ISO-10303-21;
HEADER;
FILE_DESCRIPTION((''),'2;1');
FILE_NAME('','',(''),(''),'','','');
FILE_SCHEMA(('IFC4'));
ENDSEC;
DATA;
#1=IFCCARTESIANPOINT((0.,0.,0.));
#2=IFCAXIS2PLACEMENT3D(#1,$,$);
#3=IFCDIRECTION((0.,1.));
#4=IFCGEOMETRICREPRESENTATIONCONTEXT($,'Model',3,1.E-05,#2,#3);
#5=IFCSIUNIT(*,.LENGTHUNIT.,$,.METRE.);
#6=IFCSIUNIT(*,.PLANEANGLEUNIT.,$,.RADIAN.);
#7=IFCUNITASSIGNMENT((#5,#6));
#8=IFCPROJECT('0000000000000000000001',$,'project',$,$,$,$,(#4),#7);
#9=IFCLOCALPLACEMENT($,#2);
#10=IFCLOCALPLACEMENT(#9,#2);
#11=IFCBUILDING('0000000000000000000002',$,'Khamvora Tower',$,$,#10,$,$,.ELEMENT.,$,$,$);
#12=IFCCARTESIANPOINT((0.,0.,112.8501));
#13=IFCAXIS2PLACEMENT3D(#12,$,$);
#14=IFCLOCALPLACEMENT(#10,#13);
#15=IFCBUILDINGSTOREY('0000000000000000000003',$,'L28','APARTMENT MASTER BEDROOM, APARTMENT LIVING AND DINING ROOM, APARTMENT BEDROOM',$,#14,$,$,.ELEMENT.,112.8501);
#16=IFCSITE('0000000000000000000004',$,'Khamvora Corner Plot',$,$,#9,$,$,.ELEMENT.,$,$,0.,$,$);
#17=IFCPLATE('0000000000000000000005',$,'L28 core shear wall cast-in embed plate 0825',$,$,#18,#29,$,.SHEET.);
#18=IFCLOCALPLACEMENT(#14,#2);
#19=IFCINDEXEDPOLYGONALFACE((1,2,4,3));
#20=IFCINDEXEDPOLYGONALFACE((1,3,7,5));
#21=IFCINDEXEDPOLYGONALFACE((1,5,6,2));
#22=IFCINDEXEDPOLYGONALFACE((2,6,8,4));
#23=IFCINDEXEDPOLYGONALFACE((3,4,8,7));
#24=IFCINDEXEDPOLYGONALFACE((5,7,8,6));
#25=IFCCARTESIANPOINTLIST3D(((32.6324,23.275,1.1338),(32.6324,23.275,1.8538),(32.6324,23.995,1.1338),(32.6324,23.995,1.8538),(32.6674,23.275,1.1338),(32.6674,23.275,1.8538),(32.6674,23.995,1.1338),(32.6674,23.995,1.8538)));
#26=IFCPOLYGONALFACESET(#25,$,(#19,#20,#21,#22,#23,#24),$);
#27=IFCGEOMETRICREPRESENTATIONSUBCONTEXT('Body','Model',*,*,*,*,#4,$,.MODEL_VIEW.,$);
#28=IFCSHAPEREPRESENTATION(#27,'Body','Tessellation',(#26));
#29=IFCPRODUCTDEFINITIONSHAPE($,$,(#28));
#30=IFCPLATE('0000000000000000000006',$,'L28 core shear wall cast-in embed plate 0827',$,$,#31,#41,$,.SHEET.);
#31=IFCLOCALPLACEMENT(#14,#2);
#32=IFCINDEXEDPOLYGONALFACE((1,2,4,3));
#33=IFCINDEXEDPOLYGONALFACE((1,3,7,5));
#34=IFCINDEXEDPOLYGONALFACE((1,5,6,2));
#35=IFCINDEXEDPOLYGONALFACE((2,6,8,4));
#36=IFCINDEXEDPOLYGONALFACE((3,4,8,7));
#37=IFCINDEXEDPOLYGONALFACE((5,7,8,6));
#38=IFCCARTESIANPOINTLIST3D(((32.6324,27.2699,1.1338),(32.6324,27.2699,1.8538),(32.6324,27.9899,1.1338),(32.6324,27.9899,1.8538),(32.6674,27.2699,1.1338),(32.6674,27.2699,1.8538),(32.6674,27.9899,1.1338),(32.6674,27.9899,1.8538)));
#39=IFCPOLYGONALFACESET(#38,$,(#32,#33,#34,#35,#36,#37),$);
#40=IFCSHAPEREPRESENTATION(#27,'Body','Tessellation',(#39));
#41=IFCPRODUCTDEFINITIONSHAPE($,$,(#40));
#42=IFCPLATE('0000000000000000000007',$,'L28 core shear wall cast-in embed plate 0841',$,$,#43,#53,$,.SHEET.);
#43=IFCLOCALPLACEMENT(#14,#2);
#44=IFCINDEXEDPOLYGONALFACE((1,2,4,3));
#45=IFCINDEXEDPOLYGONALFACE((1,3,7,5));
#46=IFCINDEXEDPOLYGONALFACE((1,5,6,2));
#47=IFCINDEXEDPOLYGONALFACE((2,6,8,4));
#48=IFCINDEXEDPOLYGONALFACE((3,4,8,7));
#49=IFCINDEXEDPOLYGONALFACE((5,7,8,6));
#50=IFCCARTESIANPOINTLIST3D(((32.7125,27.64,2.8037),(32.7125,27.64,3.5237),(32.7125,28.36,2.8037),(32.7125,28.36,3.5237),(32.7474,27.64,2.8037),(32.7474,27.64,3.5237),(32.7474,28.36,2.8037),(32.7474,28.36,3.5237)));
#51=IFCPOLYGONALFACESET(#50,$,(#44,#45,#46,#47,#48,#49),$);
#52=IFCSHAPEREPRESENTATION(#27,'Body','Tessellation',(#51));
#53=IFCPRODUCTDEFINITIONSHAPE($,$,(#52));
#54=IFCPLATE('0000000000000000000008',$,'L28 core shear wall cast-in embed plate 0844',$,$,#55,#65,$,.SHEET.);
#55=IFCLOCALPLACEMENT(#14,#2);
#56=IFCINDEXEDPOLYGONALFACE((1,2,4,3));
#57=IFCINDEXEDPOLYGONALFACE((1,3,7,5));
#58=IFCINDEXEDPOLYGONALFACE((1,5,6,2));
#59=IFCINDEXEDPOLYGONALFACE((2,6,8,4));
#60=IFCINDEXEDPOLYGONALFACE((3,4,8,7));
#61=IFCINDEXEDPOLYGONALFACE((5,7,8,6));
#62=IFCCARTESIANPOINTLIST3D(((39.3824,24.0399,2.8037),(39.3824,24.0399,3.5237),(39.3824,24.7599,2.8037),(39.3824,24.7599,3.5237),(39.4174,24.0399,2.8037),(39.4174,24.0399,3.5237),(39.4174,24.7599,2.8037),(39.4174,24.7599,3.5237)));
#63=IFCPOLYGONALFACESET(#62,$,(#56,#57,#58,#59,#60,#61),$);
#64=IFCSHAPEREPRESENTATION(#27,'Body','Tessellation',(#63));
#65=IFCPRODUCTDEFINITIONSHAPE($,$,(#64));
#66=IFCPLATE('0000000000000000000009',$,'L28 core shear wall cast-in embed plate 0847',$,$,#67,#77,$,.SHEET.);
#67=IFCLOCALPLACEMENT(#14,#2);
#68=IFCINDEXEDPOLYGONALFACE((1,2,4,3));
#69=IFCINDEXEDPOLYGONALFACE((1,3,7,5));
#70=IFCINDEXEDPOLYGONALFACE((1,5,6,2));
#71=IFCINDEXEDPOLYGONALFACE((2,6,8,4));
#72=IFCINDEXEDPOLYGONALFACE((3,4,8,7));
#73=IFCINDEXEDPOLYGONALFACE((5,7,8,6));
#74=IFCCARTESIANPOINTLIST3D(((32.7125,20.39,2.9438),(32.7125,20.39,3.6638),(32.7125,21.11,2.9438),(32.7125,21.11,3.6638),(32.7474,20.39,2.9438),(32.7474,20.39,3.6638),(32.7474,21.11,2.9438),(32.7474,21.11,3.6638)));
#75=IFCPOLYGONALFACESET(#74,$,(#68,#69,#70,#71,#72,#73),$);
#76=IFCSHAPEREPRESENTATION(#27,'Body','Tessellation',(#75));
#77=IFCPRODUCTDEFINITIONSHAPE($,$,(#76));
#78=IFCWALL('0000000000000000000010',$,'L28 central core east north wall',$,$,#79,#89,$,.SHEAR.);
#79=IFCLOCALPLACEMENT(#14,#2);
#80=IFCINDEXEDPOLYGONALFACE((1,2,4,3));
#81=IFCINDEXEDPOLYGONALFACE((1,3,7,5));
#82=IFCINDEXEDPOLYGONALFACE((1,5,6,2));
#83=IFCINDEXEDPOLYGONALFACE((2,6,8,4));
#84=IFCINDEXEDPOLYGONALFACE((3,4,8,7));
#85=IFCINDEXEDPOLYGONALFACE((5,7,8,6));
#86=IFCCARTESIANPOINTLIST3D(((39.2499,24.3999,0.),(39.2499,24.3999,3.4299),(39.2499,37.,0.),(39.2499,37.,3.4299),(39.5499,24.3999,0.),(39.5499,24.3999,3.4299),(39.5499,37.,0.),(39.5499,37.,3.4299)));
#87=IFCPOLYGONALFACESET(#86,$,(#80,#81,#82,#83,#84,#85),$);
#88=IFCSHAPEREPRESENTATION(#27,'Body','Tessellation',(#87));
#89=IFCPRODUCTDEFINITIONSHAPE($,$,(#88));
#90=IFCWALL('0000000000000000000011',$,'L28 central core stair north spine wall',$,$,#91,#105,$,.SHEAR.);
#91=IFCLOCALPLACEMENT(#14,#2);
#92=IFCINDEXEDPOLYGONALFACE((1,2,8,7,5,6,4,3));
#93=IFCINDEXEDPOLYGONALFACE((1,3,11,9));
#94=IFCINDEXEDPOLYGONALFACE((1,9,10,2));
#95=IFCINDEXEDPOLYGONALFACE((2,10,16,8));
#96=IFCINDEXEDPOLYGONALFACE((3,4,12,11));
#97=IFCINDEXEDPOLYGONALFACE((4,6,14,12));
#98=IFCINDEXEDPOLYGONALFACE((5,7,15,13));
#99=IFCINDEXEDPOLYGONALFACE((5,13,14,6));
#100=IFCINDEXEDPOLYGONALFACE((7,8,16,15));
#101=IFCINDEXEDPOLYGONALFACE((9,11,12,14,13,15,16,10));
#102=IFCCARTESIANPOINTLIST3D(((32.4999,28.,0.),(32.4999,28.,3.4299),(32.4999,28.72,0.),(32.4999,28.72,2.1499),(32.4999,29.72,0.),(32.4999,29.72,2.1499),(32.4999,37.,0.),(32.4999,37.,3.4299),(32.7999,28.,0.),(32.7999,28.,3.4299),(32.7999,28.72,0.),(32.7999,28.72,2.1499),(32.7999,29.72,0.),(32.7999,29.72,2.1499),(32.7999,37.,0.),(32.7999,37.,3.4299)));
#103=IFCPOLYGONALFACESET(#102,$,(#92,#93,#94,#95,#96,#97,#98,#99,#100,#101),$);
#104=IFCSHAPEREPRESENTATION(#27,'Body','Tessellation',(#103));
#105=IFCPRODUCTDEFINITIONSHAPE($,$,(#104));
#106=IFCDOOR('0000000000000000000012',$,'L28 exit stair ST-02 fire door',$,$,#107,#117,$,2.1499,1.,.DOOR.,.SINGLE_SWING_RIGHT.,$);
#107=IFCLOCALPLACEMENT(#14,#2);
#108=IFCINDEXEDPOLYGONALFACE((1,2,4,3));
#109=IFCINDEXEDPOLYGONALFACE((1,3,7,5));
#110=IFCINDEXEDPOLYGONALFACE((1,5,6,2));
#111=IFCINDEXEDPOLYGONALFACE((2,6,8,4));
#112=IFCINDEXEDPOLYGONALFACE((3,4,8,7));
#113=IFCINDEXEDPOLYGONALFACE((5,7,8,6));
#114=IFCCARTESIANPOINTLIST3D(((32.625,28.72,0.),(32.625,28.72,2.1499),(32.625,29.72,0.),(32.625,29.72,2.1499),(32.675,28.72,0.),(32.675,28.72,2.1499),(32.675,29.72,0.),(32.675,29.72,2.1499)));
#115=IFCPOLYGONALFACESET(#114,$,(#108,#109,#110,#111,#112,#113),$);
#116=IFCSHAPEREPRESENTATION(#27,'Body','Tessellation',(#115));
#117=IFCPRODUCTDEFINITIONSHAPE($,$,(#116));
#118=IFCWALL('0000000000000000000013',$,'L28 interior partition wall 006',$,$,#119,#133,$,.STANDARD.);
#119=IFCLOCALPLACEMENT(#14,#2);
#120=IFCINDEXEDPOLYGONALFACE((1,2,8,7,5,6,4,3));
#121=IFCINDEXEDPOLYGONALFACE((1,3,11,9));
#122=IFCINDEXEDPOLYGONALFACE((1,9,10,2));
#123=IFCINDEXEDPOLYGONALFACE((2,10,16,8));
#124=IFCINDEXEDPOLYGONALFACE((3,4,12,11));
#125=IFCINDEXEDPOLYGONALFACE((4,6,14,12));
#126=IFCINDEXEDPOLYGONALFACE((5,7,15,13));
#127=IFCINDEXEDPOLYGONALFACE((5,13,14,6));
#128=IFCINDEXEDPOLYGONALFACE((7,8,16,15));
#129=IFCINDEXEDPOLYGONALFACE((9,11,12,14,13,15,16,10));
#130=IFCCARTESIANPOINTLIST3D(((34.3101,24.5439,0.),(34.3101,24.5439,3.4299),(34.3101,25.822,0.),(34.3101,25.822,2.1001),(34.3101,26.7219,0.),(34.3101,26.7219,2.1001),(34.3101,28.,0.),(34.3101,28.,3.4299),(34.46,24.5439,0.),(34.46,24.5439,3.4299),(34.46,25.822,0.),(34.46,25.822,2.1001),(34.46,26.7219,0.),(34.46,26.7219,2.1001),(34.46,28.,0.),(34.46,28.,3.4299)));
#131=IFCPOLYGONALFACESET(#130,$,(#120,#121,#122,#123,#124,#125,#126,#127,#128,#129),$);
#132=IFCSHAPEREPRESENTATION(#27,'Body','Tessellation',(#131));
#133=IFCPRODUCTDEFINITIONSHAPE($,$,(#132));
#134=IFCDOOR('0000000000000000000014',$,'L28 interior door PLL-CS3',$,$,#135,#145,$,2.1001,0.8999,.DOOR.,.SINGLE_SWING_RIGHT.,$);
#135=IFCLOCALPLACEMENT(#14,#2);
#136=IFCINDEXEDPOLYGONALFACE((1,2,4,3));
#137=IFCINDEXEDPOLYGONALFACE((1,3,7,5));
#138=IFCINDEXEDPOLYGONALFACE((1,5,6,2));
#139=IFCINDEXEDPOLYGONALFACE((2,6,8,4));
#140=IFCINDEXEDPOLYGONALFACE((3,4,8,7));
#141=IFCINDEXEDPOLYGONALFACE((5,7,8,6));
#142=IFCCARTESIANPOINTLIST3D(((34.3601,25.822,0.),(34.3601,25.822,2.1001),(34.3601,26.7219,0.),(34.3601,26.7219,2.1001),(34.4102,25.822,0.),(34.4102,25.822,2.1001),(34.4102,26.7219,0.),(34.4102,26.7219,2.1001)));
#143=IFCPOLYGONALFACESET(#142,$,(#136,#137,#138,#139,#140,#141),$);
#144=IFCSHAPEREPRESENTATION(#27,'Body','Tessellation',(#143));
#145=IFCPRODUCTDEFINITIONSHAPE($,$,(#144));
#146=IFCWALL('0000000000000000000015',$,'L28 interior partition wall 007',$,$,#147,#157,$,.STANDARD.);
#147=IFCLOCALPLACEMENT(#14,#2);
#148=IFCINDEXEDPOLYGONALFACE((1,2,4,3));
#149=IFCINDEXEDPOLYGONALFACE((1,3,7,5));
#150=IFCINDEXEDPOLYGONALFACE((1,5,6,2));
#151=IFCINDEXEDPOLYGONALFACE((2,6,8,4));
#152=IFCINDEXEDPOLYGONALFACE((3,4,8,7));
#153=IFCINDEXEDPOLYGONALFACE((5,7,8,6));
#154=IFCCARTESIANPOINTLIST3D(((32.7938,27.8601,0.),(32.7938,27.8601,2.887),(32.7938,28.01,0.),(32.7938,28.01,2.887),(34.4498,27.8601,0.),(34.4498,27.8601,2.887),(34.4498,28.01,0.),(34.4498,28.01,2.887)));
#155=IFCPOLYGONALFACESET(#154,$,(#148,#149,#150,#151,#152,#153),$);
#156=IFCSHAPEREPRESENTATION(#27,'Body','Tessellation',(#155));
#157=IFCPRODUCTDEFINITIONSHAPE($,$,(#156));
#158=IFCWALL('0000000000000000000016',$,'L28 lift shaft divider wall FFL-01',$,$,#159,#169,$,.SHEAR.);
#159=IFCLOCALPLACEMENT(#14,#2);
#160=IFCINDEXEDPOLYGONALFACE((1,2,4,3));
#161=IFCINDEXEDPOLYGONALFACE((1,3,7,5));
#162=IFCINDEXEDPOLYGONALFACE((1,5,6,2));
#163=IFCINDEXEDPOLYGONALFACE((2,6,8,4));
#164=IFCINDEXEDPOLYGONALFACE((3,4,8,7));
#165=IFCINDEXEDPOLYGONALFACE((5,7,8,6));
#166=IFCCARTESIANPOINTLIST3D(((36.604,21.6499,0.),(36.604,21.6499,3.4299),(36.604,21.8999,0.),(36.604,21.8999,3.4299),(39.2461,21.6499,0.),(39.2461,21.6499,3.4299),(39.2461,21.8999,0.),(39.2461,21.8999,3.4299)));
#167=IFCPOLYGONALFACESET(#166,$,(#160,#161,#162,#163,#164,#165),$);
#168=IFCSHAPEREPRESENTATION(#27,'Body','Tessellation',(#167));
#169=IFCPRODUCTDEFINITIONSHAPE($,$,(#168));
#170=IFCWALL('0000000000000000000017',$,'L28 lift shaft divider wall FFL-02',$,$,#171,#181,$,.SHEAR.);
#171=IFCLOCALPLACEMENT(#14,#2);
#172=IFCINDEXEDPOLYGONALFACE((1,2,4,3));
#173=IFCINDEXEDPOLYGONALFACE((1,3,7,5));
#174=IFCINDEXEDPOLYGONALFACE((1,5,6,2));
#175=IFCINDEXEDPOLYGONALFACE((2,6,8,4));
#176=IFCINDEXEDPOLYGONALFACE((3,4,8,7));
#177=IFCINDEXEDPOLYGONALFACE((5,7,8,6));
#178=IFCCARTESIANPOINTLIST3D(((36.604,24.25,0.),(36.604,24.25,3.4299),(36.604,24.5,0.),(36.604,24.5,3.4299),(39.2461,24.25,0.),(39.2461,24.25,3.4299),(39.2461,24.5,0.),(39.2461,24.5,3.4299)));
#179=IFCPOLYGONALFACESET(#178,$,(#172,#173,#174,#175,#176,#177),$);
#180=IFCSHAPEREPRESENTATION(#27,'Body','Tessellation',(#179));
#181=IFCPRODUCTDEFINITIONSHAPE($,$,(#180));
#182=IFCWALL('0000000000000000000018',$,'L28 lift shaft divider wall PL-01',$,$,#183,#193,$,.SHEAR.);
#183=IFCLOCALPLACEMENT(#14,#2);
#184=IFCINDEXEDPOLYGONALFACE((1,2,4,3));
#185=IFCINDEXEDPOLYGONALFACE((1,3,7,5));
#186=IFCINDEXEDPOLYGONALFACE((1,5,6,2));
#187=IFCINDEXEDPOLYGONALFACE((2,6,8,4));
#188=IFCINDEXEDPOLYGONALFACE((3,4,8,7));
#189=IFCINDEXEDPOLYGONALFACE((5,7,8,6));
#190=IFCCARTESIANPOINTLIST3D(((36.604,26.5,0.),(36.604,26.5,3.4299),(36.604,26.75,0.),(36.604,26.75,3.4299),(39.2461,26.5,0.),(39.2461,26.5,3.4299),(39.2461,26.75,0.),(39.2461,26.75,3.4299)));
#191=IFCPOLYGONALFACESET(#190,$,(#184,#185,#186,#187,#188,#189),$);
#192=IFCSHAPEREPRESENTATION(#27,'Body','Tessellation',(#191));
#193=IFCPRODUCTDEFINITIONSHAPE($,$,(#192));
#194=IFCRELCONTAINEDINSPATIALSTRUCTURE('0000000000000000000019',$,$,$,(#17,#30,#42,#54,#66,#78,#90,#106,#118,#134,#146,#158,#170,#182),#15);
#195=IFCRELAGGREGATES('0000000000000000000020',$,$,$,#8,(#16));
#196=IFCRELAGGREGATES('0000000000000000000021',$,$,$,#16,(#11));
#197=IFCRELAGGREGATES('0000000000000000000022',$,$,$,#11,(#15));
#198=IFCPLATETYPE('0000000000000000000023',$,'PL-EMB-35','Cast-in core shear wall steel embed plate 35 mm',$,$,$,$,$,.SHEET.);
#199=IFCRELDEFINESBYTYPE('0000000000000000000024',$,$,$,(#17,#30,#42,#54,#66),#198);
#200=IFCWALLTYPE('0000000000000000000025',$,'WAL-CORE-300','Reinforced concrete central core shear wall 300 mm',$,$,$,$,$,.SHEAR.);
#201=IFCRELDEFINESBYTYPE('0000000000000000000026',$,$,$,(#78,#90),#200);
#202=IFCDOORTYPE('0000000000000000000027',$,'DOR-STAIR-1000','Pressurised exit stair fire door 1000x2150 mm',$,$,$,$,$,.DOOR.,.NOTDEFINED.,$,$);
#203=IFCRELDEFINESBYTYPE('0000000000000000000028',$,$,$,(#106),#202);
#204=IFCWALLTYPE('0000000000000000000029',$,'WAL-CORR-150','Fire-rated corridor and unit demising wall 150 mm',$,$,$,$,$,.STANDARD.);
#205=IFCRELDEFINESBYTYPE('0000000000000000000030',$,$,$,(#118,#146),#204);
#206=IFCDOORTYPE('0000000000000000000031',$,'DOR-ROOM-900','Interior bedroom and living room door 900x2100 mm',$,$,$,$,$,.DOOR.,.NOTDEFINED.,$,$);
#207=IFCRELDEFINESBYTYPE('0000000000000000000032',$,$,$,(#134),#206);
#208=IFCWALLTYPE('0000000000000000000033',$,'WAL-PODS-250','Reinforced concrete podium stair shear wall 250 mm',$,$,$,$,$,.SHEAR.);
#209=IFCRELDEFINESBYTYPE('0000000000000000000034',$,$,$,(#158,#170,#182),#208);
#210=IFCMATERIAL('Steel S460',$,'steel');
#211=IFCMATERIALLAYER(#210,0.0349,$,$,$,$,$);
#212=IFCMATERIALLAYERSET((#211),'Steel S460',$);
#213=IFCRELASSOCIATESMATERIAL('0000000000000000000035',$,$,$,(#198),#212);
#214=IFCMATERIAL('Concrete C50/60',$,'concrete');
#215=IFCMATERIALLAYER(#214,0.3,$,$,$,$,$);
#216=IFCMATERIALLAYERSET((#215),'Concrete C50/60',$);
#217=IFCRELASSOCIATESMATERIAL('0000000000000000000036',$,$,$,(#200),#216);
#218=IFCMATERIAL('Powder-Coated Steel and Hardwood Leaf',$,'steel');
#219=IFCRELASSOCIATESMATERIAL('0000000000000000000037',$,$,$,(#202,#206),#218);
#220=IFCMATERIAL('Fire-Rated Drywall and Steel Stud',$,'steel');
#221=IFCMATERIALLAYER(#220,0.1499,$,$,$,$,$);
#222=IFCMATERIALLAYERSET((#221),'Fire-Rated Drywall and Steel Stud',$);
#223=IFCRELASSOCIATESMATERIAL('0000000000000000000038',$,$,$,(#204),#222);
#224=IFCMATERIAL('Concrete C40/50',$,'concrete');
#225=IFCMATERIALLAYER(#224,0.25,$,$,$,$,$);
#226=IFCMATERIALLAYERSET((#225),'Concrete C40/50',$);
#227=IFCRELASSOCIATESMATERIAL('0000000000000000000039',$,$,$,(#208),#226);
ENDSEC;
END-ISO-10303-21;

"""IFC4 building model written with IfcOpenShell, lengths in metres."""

from ifc_helpers import new_model, si_unit, direction, frame, frame_2d, origin, origin_2d, place, context, subcontext, project, spatial, rectangle, extrude, material, layer, layer_set, type_object, element, fill, save


model = new_model("IFC4")

# Units and contexts
model_context = context("Model", 3, precision=1e-05, world=origin(), true_north=direction((0.0, 1.0)))
body_context = subcontext(model_context, "Body", "Model", "MODEL_VIEW")
ifc_project = project(units=[si_unit("LENGTHUNIT", "METRE"), si_unit("PLANEANGLEUNIT", "RADIAN")], contexts=[model_context])

# Site, building, storey
site_placement = place(None, origin())
site = spatial("IfcSite", under=ifc_project, at=site_placement, Name="Khamvora Corner Plot", CompositionType="ELEMENT", RefElevation=0.0)
building_placement = place(site_placement, origin())
building = spatial("IfcBuilding", under=site, at=building_placement, Name="Khamvora Tower", CompositionType="ELEMENT")
storey_placement = place(building_placement, frame((0.0, 0.0, 112.8501)))
storey = spatial("IfcBuildingStorey", under=building, at=storey_placement, Name="L28", Description="APARTMENT MASTER BEDROOM, APARTMENT LIVING AND DINING ROOM, APARTMENT BEDROOM", CompositionType="ELEMENT", Elevation=112.8501)

# Shared definitions
ifc_material_1 = material(Name="Steel S460", Category="steel")

# Plates
ifc_layer_1 = layer(ifc_material_1, 0.0349)
ifc_layer_set_1 = layer_set([ifc_layer_1], Name="Steel S460")
plate_type = type_object("IfcPlateType", Name="PL-EMB-35", Description="Cast-in core shear wall steel embed plate 35 mm", PredefinedType="SHEET", material=ifc_layer_set_1)
for number, where, z_axis, x_axis, name in (
    (1, (32.6499, 23.635, 1.1338), (0.0, 0.0, 1.0), (1.0, 0.0, 0.0), "L28 core shear wall cast-in embed plate 0825"),
    (2, (32.6499, 27.6299, 1.1338), (0.0, 0.0, 1.0), (1.0, 0.0, 0.0), "L28 core shear wall cast-in embed plate 0827"),
    (3, (32.73, 28.0, 2.8037), (0.0, 0.0, 1.0), (1.0, 0.0, 0.0), "L28 core shear wall cast-in embed plate 0841"),
    (4, (39.3999, 24.3999, 2.8037), (0.0, 0.0, 1.0), (1.0, 0.0, 0.0), "L28 core shear wall cast-in embed plate 0844"),
    (5, (32.73, 20.75, 2.9438), (0.0, 0.0, 1.0), (1.0, 0.0, 0.0), "L28 core shear wall cast-in embed plate 0847"),
):
    element("IfcPlate", number, at=place(storey_placement, frame(where, z_axis=z_axis, x_axis=x_axis)), inside=storey, type_object=plate_type, Name=name, PredefinedType="SHEET", context=body_context, shape_type="SweptSolid", body=[
        extrude(rectangle(XDim=0.0349, YDim=0.72, at=origin_2d()), origin(), (0.0, 0.0, 1.0), 0.72),
    ])

# Wall
ifc_material_2 = material(Name="Concrete C50/60", Category="concrete")
ifc_layer_2 = layer(ifc_material_2, 0.3)
ifc_layer_set_2 = layer_set([ifc_layer_2], Name="Concrete C50/60")
wall_type_1 = type_object("IfcWallType", Name="WAL-CORE-300", Description="Reinforced concrete central core shear wall 300 mm", PredefinedType="SHEAR", material=ifc_layer_set_2)
wall_1_placement = place(storey_placement, frame((39.3999, 24.3999, 0.0), z_axis=(0.0, 0.0, 1.0), x_axis=(0.0, 1.0, 0.0)))
element("IfcWall", 6, at=wall_1_placement, inside=storey, type_object=wall_type_1, Name="L28 central core east north wall", PredefinedType="SHEAR", context=body_context, shape_type="SweptSolid", body=[
    extrude(rectangle(XDim=12.6001, YDim=0.3, at=frame_2d((6.3, 0.0))), origin(), (0.0, 0.0, 1.0), 3.4299),
])

# Wall, opening, door
wall_2_placement = place(storey_placement, frame((32.6499, 28.0, 0.0), z_axis=(0.0, 0.0, 1.0), x_axis=(0.0, 1.0, 0.0)))
wall_2 = element("IfcWall", 7, at=wall_2_placement, inside=storey, type_object=wall_type_1, Name="L28 central core stair north spine wall", PredefinedType="SHEAR", context=body_context, shape_type="SweptSolid", body=[
    extrude(rectangle(XDim=9.0, YDim=0.3, at=frame_2d((4.5, 0.0))), origin(), (0.0, 0.0, 1.0), 3.4299),
])
opening_1_placement = place(wall_2_placement, frame((0.72, 0.0, 0.0)))
opening_1 = element("IfcOpeningElement", 8, at=opening_1_placement, cuts=wall_2, PredefinedType="OPENING", context=body_context, shape_type="SweptSolid", body=[
    extrude(rectangle(XDim=1.0, YDim=2.1499, at=frame_2d((0.5, 1.075))), frame((0.0, 0.1599, 0.0), z_axis=(0.0, -1.0, 0.0), x_axis=(1.0, 0.0, 0.0)), (0.0, 0.0, 1.0), 0.3201),
])
ifc_material_3 = material(Name="Powder-Coated Steel and Hardwood Leaf", Category="steel")
door_type_1 = type_object("IfcDoorType", Name="DOR-STAIR-1000", Description="Pressurised exit stair fire door 1000x2150 mm", OperationType="NOTDEFINED", PredefinedType="DOOR", material=ifc_material_3)
door_1_placement = place(opening_1_placement, origin())
door_1 = element("IfcDoor", 9, at=door_1_placement, inside=storey, type_object=door_type_1, Name="L28 exit stair ST-02 fire door", OperationType="SINGLE_SWING_RIGHT", OverallHeight=2.1499, OverallWidth=1.0, PredefinedType="DOOR", context=body_context, shape_type="SweptSolid", body=[
    extrude(rectangle(XDim=1.0, YDim=2.1499, at=frame_2d((0.5, 1.075))), frame((0.0, 0.0249, 0.0), z_axis=(0.0, -1.0, 0.0), x_axis=(1.0, 0.0, 0.0)), (0.0, 0.0, 1.0), 0.05),
])
fill(opening_1, door_1)

# Wall, opening, door
ifc_material_4 = material(Name="Fire-Rated Drywall and Steel Stud", Category="steel")
ifc_layer_3 = layer(ifc_material_4, 0.1499)
ifc_layer_set_3 = layer_set([ifc_layer_3], Name="Fire-Rated Drywall and Steel Stud")
wall_type_2 = type_object("IfcWallType", Name="WAL-CORR-150", Description="Fire-rated corridor and unit demising wall 150 mm", PredefinedType="STANDARD", material=ifc_layer_set_3)
wall_3_placement = place(storey_placement, frame((34.385, 24.5439, 0.0), z_axis=(0.0, 0.0, 1.0), x_axis=(0.0, 1.0, 0.0)))
wall_3 = element("IfcWall", 10, at=wall_3_placement, inside=storey, type_object=wall_type_2, Name="L28 interior partition wall 006", PredefinedType="STANDARD", context=body_context, shape_type="SweptSolid", body=[
    extrude(rectangle(XDim=3.4561, YDim=0.1499, at=frame_2d((1.728, 0.0))), origin(), (0.0, 0.0, 1.0), 3.4299),
])
opening_2_placement = place(wall_3_placement, frame((1.2781, 0.0, 0.0)))
opening_2 = element("IfcOpeningElement", 11, at=opening_2_placement, cuts=wall_3, PredefinedType="OPENING", context=body_context, shape_type="SweptSolid", body=[
    extrude(rectangle(XDim=0.8999, YDim=2.1001, at=frame_2d((0.45, 1.05))), frame((0.0, 0.085, 0.0), z_axis=(0.0, -1.0, 0.0), x_axis=(1.0, 0.0, 0.0)), (0.0, 0.0, 1.0), 0.1699),
])
door_type_2 = type_object("IfcDoorType", Name="DOR-ROOM-900", Description="Interior bedroom and living room door 900x2100 mm", OperationType="NOTDEFINED", PredefinedType="DOOR", material=ifc_material_3)
door_2_placement = place(opening_2_placement, origin())
door_2 = element("IfcDoor", 12, at=door_2_placement, inside=storey, type_object=door_type_2, Name="L28 interior door PLL-CS3", OperationType="SINGLE_SWING_RIGHT", OverallHeight=2.1001, OverallWidth=0.8999, PredefinedType="DOOR", context=body_context, shape_type="SweptSolid", body=[
    extrude(rectangle(XDim=0.8999, YDim=2.1001, at=frame_2d((0.45, 1.05))), frame((0.0, 0.0249, 0.0), z_axis=(0.0, -1.0, 0.0), x_axis=(1.0, 0.0, 0.0)), (0.0, 0.0, 1.0), 0.05),
])
fill(opening_2, door_2)

# Walls
wall_4_placement = place(storey_placement, frame((34.45, 27.9351, 0.0), z_axis=(0.0, 0.0, 1.0), x_axis=(-1.0, 0.0, 0.0)))
element("IfcWall", 13, at=wall_4_placement, inside=storey, type_object=wall_type_2, Name="L28 interior partition wall 007", PredefinedType="STANDARD", context=body_context, shape_type="SweptSolid", body=[
    extrude(rectangle(XDim=1.656, YDim=0.1499, at=frame_2d((0.8281, 0.0))), origin(), (0.0, 0.0, 1.0), 2.887),
])
ifc_material_5 = material(Name="Concrete C40/50", Category="concrete")
ifc_layer_4 = layer(ifc_material_5, 0.25)
ifc_layer_set_4 = layer_set([ifc_layer_4], Name="Concrete C40/50")
wall_type_3 = type_object("IfcWallType", Name="WAL-PODS-250", Description="Reinforced concrete podium stair shear wall 250 mm", PredefinedType="SHEAR", material=ifc_layer_set_4)
for number, where, z_axis, x_axis, name in (
    (14, (36.604, 21.7749, 0.0), (0.0, 0.0, 1.0), (1.0, 0.0, 0.0), "L28 lift shaft divider wall FFL-01"),
    (15, (36.604, 24.375, 0.0), (0.0, 0.0, 1.0), (1.0, 0.0, 0.0), "L28 lift shaft divider wall FFL-02"),
    (16, (36.604, 26.625, 0.0), (0.0, 0.0, 1.0), (1.0, 0.0, 0.0), "L28 lift shaft divider wall PL-01"),
):
    element("IfcWall", number, at=place(storey_placement, frame(where, z_axis=z_axis, x_axis=x_axis)), inside=storey, type_object=wall_type_3, Name=name, PredefinedType="SHEAR", context=body_context, shape_type="SweptSolid", body=[
        extrude(rectangle(XDim=2.6421, YDim=0.25, at=frame_2d((1.321, 0.0))), origin(), (0.0, 0.0, 1.0), 3.4299),
    ])

save(model, "model.ifc")
